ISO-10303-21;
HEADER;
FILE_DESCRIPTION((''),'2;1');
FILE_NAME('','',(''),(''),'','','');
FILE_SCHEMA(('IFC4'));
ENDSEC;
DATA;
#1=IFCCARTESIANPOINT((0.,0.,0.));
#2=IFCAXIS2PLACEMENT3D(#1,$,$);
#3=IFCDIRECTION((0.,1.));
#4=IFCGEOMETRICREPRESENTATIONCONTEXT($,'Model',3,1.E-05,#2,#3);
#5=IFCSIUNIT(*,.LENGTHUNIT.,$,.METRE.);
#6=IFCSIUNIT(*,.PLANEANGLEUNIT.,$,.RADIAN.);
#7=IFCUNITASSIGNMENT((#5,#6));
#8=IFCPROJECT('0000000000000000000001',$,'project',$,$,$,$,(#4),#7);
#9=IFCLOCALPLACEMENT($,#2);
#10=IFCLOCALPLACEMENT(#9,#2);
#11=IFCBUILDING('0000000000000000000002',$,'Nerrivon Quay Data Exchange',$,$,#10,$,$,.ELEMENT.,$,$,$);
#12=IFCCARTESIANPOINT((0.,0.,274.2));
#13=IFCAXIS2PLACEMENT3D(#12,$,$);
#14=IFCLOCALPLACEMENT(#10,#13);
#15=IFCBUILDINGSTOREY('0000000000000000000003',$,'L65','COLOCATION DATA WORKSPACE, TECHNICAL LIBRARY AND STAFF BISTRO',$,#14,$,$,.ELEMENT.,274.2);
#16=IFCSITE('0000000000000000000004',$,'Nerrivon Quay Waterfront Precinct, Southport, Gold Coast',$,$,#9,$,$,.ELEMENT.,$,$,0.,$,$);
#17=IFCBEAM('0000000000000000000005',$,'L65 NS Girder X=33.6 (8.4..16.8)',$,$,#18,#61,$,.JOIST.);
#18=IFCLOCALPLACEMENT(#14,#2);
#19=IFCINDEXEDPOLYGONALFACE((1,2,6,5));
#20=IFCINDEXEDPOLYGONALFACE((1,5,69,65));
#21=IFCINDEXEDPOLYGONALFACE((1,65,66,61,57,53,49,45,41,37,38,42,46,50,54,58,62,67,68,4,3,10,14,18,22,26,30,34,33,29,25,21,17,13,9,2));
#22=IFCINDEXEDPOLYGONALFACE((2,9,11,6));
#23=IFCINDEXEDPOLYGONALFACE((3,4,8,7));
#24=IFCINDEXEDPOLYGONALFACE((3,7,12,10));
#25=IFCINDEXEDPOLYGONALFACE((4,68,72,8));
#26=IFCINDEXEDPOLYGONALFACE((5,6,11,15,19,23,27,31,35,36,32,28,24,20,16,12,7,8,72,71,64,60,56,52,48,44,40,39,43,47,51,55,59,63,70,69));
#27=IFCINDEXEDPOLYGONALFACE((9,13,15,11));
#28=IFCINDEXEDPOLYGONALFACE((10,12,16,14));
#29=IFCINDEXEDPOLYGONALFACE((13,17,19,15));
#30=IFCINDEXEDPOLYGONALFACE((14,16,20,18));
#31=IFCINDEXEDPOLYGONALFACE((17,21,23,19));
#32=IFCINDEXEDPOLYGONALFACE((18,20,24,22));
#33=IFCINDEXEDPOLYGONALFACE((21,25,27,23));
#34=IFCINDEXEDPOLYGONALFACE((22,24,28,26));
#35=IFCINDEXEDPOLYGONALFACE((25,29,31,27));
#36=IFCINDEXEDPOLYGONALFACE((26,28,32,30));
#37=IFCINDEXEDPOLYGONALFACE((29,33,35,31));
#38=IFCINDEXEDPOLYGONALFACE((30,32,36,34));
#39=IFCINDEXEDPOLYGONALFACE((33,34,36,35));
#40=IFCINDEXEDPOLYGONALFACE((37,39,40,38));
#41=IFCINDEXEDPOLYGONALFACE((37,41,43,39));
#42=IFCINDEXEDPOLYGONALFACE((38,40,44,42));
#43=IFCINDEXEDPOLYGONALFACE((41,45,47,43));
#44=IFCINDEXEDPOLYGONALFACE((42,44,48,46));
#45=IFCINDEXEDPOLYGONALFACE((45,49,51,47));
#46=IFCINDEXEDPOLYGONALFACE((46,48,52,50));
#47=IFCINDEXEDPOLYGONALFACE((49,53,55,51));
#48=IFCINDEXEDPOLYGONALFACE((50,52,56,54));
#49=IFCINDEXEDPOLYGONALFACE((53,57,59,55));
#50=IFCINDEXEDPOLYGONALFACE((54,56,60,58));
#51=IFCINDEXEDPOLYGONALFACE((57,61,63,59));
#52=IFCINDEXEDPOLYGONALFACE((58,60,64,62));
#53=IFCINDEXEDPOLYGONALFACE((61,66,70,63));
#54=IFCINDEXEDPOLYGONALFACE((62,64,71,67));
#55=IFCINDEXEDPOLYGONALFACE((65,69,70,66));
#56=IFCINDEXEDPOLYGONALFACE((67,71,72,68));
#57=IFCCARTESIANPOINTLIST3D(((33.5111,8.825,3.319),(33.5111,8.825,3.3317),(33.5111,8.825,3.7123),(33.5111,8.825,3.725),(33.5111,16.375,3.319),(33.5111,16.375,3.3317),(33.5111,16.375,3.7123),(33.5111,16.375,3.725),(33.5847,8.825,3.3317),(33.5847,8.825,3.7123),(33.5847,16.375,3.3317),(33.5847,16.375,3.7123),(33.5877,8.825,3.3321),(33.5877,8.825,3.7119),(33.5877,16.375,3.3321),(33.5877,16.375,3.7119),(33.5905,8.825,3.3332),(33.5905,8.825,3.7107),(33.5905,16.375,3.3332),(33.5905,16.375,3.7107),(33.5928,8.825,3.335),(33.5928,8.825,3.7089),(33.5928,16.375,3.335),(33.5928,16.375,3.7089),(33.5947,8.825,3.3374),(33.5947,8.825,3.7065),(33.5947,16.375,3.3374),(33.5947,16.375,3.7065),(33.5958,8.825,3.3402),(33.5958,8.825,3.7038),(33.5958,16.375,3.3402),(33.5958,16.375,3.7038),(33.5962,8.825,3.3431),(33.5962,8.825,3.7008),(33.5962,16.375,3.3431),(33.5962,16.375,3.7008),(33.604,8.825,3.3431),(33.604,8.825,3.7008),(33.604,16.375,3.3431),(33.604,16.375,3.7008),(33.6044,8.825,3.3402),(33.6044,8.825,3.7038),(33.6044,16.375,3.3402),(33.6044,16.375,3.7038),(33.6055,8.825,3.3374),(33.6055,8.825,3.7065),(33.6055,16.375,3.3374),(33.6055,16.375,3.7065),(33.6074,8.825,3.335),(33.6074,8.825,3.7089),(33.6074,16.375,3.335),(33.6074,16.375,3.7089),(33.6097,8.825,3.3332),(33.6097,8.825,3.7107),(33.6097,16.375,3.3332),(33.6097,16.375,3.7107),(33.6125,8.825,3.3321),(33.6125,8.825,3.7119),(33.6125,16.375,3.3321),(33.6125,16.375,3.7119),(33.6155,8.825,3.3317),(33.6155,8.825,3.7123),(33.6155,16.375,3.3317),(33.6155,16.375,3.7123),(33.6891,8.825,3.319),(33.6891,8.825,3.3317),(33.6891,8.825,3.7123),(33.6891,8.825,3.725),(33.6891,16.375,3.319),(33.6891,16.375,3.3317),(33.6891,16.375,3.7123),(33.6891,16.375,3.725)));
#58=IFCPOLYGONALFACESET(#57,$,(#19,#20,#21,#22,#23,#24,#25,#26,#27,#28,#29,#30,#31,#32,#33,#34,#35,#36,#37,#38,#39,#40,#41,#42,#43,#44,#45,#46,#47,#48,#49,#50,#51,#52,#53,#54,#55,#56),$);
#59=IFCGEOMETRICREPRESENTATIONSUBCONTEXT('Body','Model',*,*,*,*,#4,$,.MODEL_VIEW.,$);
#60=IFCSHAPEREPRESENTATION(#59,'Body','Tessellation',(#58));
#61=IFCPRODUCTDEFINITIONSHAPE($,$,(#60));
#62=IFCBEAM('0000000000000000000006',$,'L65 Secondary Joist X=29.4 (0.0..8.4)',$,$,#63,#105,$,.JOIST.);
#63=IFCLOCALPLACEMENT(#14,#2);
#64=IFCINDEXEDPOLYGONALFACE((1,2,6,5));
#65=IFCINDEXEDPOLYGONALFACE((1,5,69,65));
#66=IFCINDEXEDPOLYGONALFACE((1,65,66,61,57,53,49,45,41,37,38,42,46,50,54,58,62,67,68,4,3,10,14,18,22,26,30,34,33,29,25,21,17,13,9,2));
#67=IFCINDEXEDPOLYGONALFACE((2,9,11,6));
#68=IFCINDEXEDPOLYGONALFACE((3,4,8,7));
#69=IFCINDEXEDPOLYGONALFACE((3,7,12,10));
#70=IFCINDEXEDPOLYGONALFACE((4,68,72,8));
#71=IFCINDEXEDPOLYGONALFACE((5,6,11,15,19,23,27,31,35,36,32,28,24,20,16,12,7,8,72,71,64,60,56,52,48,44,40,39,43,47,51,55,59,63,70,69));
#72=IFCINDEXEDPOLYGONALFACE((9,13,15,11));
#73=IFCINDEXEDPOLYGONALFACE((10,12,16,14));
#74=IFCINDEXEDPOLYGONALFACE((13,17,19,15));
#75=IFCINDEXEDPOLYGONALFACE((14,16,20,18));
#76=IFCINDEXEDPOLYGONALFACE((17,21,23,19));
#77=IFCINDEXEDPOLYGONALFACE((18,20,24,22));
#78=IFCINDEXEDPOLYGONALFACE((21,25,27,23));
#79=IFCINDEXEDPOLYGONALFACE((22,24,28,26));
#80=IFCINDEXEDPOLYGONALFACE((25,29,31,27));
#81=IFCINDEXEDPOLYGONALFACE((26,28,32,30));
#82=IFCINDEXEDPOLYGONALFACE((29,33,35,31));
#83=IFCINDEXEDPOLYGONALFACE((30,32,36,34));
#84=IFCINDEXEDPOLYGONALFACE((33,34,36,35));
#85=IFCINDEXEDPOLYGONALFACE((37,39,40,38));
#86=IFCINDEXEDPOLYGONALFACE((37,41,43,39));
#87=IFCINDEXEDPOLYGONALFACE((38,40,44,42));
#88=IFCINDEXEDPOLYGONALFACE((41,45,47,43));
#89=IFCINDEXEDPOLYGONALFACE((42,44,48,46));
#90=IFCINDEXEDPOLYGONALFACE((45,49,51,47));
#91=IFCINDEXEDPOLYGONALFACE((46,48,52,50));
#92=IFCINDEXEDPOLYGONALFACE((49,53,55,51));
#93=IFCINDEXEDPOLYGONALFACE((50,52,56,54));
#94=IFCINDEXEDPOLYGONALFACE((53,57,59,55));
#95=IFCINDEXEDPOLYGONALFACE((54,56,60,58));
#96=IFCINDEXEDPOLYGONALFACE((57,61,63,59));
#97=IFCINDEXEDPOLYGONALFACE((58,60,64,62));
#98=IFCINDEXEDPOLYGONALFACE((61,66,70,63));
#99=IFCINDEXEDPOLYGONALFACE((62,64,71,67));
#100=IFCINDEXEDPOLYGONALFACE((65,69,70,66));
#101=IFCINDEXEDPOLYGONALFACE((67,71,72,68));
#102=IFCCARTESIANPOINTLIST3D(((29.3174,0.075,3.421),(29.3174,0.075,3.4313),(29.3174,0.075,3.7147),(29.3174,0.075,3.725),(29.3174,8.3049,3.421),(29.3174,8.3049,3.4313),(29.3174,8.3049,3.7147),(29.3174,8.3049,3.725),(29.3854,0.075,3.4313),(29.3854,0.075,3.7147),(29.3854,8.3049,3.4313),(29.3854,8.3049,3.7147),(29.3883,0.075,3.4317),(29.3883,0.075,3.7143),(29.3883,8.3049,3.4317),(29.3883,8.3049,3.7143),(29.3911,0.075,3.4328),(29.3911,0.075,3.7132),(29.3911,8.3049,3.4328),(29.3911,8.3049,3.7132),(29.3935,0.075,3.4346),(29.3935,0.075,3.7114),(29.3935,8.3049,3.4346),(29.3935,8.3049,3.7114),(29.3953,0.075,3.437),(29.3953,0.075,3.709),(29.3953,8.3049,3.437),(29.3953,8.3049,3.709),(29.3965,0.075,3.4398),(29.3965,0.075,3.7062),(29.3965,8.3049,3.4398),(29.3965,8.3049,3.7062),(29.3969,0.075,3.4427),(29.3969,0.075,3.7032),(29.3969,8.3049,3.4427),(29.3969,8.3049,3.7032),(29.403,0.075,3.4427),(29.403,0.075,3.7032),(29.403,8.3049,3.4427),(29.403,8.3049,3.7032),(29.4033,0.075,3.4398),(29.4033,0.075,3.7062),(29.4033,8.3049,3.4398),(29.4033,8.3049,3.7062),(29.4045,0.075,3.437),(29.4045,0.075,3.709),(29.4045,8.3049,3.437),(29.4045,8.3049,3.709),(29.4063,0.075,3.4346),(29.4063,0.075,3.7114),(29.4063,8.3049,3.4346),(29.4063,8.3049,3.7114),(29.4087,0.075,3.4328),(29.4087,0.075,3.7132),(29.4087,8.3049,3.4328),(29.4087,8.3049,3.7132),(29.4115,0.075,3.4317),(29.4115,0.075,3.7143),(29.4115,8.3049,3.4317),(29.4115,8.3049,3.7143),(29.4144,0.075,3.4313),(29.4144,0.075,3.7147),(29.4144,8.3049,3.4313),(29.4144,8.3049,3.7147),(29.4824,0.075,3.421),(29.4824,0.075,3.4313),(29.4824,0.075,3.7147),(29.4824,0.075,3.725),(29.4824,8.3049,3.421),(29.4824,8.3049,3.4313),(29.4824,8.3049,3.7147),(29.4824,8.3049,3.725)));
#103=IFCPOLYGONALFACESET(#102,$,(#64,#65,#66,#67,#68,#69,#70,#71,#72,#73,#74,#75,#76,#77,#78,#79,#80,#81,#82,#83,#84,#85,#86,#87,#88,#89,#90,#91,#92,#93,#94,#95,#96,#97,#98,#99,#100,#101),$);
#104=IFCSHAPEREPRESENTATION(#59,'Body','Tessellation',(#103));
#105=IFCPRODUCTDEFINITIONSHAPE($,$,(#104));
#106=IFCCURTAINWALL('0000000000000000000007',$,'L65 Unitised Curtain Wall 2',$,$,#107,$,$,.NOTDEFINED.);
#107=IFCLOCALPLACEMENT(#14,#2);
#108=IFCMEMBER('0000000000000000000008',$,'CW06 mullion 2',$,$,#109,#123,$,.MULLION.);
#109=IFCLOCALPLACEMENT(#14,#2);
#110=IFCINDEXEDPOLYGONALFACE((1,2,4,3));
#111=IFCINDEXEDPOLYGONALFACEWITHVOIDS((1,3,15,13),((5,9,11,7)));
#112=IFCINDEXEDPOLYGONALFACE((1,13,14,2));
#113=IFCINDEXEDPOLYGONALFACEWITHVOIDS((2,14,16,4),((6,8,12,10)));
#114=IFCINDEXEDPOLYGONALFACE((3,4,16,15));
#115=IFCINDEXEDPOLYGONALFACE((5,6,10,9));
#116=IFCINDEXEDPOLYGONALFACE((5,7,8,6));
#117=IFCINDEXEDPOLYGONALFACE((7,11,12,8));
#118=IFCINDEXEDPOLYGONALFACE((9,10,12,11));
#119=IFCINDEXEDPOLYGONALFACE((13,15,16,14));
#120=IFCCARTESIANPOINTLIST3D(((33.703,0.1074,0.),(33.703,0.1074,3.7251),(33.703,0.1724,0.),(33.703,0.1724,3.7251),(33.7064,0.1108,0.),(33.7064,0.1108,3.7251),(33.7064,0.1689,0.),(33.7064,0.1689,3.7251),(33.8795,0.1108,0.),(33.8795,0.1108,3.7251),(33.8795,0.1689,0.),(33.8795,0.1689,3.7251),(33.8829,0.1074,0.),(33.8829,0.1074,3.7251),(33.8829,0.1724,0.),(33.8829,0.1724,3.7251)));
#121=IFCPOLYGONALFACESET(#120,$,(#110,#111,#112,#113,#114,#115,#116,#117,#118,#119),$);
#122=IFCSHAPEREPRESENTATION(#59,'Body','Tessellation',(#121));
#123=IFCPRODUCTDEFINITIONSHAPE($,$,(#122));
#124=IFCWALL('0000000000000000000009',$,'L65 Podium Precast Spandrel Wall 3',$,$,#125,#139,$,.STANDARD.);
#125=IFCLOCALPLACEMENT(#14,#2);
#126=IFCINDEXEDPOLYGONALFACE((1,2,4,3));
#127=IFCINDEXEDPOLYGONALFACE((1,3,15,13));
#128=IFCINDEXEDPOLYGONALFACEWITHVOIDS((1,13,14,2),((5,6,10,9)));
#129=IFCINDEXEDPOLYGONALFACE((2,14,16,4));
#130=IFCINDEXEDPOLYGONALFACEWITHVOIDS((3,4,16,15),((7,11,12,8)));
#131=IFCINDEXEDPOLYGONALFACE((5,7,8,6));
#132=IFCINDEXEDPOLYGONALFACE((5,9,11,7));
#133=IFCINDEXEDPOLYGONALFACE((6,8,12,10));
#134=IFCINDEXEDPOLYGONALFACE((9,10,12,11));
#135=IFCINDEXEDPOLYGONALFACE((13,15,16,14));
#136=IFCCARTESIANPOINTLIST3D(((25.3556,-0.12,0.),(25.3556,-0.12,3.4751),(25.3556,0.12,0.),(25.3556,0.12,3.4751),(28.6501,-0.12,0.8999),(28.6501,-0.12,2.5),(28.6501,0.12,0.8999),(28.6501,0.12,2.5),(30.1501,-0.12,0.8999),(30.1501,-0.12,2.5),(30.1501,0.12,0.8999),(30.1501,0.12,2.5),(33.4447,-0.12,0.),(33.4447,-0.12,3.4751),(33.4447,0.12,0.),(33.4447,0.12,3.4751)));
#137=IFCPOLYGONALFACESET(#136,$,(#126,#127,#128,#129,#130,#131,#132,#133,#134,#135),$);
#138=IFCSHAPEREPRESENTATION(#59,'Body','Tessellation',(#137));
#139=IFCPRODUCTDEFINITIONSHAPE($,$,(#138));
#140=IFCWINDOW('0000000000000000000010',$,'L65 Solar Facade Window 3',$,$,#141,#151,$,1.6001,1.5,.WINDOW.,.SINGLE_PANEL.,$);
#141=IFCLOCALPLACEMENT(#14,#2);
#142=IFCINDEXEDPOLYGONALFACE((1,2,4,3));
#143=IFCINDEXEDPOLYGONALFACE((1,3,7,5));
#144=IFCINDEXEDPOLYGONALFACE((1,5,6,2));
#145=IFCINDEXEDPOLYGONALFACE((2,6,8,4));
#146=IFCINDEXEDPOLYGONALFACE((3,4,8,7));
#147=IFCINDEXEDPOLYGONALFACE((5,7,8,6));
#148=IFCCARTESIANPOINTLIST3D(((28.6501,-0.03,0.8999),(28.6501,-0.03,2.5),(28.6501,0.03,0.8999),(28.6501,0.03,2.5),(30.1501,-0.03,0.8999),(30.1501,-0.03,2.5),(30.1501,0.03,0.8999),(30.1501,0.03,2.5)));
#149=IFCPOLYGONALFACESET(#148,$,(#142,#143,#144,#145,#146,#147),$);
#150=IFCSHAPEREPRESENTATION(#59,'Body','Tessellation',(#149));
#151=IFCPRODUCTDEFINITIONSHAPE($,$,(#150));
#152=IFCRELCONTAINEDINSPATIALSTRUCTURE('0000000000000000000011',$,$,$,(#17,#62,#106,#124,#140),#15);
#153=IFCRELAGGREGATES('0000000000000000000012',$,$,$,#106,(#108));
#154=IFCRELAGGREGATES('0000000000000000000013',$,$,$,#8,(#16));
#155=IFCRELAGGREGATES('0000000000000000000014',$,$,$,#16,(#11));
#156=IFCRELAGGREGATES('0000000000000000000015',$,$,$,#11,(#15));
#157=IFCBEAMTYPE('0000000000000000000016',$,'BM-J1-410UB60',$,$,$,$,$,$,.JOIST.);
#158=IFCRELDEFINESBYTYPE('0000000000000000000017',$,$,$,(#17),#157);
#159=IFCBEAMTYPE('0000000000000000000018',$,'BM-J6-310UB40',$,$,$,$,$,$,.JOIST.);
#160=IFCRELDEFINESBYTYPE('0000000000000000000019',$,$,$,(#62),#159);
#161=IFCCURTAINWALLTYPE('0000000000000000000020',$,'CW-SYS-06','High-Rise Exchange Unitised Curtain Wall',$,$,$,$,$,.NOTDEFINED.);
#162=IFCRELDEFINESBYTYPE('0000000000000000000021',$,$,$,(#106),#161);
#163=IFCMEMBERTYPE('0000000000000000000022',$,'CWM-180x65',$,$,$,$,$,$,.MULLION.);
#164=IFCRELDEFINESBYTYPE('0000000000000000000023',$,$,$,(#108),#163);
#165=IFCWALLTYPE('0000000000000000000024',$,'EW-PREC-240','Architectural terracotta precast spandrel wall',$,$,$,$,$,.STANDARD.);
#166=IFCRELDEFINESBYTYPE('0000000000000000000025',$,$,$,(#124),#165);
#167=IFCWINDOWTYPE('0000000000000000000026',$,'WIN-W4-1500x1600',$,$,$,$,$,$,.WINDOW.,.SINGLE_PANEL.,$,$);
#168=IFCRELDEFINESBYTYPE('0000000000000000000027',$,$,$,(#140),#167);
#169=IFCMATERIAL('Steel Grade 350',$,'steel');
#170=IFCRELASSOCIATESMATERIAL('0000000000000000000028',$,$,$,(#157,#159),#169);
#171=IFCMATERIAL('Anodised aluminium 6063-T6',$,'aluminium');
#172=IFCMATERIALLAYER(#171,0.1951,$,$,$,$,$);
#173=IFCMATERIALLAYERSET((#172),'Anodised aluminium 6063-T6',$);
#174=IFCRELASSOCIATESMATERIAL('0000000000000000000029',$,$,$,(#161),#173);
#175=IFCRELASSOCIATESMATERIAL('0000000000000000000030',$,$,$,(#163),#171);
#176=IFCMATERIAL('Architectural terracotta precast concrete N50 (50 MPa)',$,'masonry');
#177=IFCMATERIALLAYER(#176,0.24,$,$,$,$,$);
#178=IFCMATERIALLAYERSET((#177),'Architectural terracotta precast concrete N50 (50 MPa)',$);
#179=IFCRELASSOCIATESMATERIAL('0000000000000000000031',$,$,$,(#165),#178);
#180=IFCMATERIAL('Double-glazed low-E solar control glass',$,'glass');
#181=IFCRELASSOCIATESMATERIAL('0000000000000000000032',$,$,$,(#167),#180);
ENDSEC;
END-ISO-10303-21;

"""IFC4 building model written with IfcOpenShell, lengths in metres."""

from ifc_helpers import new_model, si_unit, direction, frame, frame_2d, origin, origin_2d, place, context, subcontext, project, spatial, rectangle, hollow_rectangle, i_section, extrude, material, layer, layer_set, material_profile, profile_set, type_object, element, fill, aggregate, save


model = new_model("IFC4")

# Units and contexts
model_context = context("Model", 3, precision=1e-05, world=origin(), true_north=direction((0.0, 1.0)))
body_context = subcontext(model_context, "Body", "Model", "MODEL_VIEW")
ifc_project = project(units=[si_unit("LENGTHUNIT", "METRE"), si_unit("PLANEANGLEUNIT", "RADIAN")], contexts=[model_context])

# Site, building, storey
site_placement = place(None, origin())
site = spatial("IfcSite", under=ifc_project, at=site_placement, Name="Nerrivon Quay Waterfront Precinct, Southport, Gold Coast", CompositionType="ELEMENT", RefElevation=0.0)
building_placement = place(site_placement, origin())
building = spatial("IfcBuilding", under=site, at=building_placement, Name="Nerrivon Quay Data Exchange", CompositionType="ELEMENT")
storey_placement = place(building_placement, frame((0.0, 0.0, 274.2)))
storey = spatial("IfcBuildingStorey", under=building, at=storey_placement, Name="L65", Description="COLOCATION DATA WORKSPACE, TECHNICAL LIBRARY AND STAFF BISTRO", CompositionType="ELEMENT", Elevation=274.2)

# Shared definitions
ifc_material_1 = material(Name="Steel Grade 350", Category="steel")

# Beams
ifc_material_profile_1 = material_profile(ifc_material_1, i_section(OverallWidth=0.178, OverallDepth=0.406, WebThickness=0.0078, FlangeThickness=0.0127, FilletRadius=0.0115, at=origin_2d()), Name="410UB59.7")
ifc_profile_set_1 = profile_set([ifc_material_profile_1], Name="Steel Grade 350")
beam_type_1 = type_object("IfcBeamType", Name="BM-J1-410UB60", PredefinedType="JOIST", material=ifc_profile_set_1)
beam_1_placement = place(storey_placement, frame((33.6001, 8.825, 3.522), z_axis=(0.0, 1.0, 0.0), x_axis=(-1.0, 0.0, 0.0)))
element("IfcBeam", 1, at=beam_1_placement, inside=storey, type_object=beam_type_1, Name="L65 NS Girder X=33.6 (8.4..16.8)", PredefinedType="JOIST", context=body_context, shape_type="SweptSolid", body=[
    extrude(i_section(OverallWidth=0.178, OverallDepth=0.406, WebThickness=0.0078, FlangeThickness=0.0127, FilletRadius=0.0115, at=origin_2d()), origin(), (0.0, 0.0, 1.0), 7.55),
])
ifc_material_profile_2 = material_profile(ifc_material_1, i_section(OverallWidth=0.165, OverallDepth=0.304, WebThickness=0.0061, FlangeThickness=0.0103, FilletRadius=0.0115, at=origin_2d()), Name="310UB40.4")
ifc_profile_set_2 = profile_set([ifc_material_profile_2], Name="Steel Grade 350")
beam_type_2 = type_object("IfcBeamType", Name="BM-J6-310UB40", PredefinedType="JOIST", material=ifc_profile_set_2)
beam_2_placement = place(storey_placement, frame((29.3999, 0.075, 3.573), z_axis=(0.0, 1.0, 0.0), x_axis=(-1.0, 0.0, 0.0)))
element("IfcBeam", 2, at=beam_2_placement, inside=storey, type_object=beam_type_2, Name="L65 Secondary Joist X=29.4 (0.0..8.4)", PredefinedType="JOIST", context=body_context, shape_type="SweptSolid", body=[
    extrude(i_section(OverallWidth=0.165, OverallDepth=0.304, WebThickness=0.0061, FlangeThickness=0.0103, FilletRadius=0.0115, at=origin_2d()), origin(), (0.0, 0.0, 1.0), 8.23),
])

# Curtain wall, member
ifc_material_2 = material(Name="Anodised aluminium 6063-T6", Category="aluminium")
ifc_layer_1 = layer(ifc_material_2, 0.1951)
ifc_layer_set_1 = layer_set([ifc_layer_1], Name="Anodised aluminium 6063-T6")
curtain_wall_type = type_object("IfcCurtainWallType", Name="CW-SYS-06", Description="High-Rise Exchange Unitised Curtain Wall", PredefinedType="NOTDEFINED", material=ifc_layer_set_1)
curtain_wall_placement = place(storey_placement, origin())
curtain_wall = element("IfcCurtainWall", 3, at=curtain_wall_placement, inside=storey, type_object=curtain_wall_type, Name="L65 Unitised Curtain Wall 2", PredefinedType="NOTDEFINED")
ifc_material_profile_3 = material_profile(ifc_material_2, hollow_rectangle(XDim=0.0649, YDim=0.1799, WallThickness=0.0034, at=origin_2d()), Name="ALU-MULL-180x65")
ifc_profile_set_3 = profile_set([ifc_material_profile_3], Name="Anodised aluminium 6063-T6")
member_type = type_object("IfcMemberType", Name="CWM-180x65", PredefinedType="MULLION", material=ifc_profile_set_3)
member_placement = place(storey_placement, frame((33.793, 0.1399, 0.0), z_axis=(0.0, 0.0, 1.0), x_axis=(0.0, -1.0, 0.0)))
member = element("IfcMember", 4, at=member_placement, type_object=member_type, Name="CW06 mullion 2", PredefinedType="MULLION", context=body_context, shape_type="SweptSolid", body=[
    extrude(hollow_rectangle(XDim=0.0649, YDim=0.1799, WallThickness=0.0034, at=origin_2d()), origin(), (0.0, 0.0, 1.0), 3.7251),
])
aggregate(curtain_wall, [member])

# Wall, opening, window
ifc_material_3 = material(Name="Architectural terracotta precast concrete N50 (50 MPa)", Category="masonry")
ifc_layer_2 = layer(ifc_material_3, 0.24)
ifc_layer_set_2 = layer_set([ifc_layer_2], Name="Architectural terracotta precast concrete N50 (50 MPa)")
wall_type_1 = type_object("IfcWallType", Name="EW-PREC-240", Description="Architectural terracotta precast spandrel wall", PredefinedType="STANDARD", material=ifc_layer_set_2)
wall_1_placement = place(storey_placement, frame((33.4446, 0.0, 0.0), z_axis=(0.0, 0.0, 1.0), x_axis=(-1.0, 0.0, 0.0)))
wall_1 = element("IfcWall", 5, at=wall_1_placement, inside=storey, type_object=wall_type_1, Name="L65 Podium Precast Spandrel Wall 3", PredefinedType="STANDARD", context=body_context, shape_type="SweptSolid", body=[
    extrude(rectangle(XDim=8.0891, YDim=0.24, at=frame_2d((4.0444, 0.0))), origin(), (0.0, 0.0, 1.0), 3.4751),
])
opening_1_placement = place(wall_1_placement, frame((3.2944, 0.0, 0.8999)))
opening_1 = element("IfcOpeningElement", 6, at=opening_1_placement, cuts=wall_1, PredefinedType="OPENING", context=body_context, shape_type="SweptSolid", body=[
    extrude(rectangle(XDim=1.5, YDim=1.6001, at=frame_2d((0.75, 0.8))), frame((0.0, 0.1299, 0.0), z_axis=(0.0, -1.0, 0.0), x_axis=(1.0, 0.0, 0.0)), (0.0, 0.0, 1.0), 0.26),
])
ifc_material_4 = material(Name="Double-glazed low-E solar control glass", Category="glass")
window_type = type_object("IfcWindowType", Name="WIN-W4-1500x1600", PartitioningType="SINGLE_PANEL", PredefinedType="WINDOW", material=ifc_material_4)
window_placement = place(opening_1_placement, origin())
window = element("IfcWindow", 7, at=window_placement, inside=storey, type_object=window_type, Name="L65 Solar Facade Window 3", OverallHeight=1.6001, OverallWidth=1.5, PartitioningType="SINGLE_PANEL", PredefinedType="WINDOW", context=body_context, shape_type="SweptSolid", body=[
    extrude(rectangle(XDim=1.5, YDim=1.6001, at=frame_2d((0.75, 0.8))), frame((0.0, 0.03, 0.0), z_axis=(0.0, -1.0, 0.0), x_axis=(1.0, 0.0, 0.0)), (0.0, 0.0, 1.0), 0.0601),
])
fill(opening_1, window)

save(model, "model.ifc")
